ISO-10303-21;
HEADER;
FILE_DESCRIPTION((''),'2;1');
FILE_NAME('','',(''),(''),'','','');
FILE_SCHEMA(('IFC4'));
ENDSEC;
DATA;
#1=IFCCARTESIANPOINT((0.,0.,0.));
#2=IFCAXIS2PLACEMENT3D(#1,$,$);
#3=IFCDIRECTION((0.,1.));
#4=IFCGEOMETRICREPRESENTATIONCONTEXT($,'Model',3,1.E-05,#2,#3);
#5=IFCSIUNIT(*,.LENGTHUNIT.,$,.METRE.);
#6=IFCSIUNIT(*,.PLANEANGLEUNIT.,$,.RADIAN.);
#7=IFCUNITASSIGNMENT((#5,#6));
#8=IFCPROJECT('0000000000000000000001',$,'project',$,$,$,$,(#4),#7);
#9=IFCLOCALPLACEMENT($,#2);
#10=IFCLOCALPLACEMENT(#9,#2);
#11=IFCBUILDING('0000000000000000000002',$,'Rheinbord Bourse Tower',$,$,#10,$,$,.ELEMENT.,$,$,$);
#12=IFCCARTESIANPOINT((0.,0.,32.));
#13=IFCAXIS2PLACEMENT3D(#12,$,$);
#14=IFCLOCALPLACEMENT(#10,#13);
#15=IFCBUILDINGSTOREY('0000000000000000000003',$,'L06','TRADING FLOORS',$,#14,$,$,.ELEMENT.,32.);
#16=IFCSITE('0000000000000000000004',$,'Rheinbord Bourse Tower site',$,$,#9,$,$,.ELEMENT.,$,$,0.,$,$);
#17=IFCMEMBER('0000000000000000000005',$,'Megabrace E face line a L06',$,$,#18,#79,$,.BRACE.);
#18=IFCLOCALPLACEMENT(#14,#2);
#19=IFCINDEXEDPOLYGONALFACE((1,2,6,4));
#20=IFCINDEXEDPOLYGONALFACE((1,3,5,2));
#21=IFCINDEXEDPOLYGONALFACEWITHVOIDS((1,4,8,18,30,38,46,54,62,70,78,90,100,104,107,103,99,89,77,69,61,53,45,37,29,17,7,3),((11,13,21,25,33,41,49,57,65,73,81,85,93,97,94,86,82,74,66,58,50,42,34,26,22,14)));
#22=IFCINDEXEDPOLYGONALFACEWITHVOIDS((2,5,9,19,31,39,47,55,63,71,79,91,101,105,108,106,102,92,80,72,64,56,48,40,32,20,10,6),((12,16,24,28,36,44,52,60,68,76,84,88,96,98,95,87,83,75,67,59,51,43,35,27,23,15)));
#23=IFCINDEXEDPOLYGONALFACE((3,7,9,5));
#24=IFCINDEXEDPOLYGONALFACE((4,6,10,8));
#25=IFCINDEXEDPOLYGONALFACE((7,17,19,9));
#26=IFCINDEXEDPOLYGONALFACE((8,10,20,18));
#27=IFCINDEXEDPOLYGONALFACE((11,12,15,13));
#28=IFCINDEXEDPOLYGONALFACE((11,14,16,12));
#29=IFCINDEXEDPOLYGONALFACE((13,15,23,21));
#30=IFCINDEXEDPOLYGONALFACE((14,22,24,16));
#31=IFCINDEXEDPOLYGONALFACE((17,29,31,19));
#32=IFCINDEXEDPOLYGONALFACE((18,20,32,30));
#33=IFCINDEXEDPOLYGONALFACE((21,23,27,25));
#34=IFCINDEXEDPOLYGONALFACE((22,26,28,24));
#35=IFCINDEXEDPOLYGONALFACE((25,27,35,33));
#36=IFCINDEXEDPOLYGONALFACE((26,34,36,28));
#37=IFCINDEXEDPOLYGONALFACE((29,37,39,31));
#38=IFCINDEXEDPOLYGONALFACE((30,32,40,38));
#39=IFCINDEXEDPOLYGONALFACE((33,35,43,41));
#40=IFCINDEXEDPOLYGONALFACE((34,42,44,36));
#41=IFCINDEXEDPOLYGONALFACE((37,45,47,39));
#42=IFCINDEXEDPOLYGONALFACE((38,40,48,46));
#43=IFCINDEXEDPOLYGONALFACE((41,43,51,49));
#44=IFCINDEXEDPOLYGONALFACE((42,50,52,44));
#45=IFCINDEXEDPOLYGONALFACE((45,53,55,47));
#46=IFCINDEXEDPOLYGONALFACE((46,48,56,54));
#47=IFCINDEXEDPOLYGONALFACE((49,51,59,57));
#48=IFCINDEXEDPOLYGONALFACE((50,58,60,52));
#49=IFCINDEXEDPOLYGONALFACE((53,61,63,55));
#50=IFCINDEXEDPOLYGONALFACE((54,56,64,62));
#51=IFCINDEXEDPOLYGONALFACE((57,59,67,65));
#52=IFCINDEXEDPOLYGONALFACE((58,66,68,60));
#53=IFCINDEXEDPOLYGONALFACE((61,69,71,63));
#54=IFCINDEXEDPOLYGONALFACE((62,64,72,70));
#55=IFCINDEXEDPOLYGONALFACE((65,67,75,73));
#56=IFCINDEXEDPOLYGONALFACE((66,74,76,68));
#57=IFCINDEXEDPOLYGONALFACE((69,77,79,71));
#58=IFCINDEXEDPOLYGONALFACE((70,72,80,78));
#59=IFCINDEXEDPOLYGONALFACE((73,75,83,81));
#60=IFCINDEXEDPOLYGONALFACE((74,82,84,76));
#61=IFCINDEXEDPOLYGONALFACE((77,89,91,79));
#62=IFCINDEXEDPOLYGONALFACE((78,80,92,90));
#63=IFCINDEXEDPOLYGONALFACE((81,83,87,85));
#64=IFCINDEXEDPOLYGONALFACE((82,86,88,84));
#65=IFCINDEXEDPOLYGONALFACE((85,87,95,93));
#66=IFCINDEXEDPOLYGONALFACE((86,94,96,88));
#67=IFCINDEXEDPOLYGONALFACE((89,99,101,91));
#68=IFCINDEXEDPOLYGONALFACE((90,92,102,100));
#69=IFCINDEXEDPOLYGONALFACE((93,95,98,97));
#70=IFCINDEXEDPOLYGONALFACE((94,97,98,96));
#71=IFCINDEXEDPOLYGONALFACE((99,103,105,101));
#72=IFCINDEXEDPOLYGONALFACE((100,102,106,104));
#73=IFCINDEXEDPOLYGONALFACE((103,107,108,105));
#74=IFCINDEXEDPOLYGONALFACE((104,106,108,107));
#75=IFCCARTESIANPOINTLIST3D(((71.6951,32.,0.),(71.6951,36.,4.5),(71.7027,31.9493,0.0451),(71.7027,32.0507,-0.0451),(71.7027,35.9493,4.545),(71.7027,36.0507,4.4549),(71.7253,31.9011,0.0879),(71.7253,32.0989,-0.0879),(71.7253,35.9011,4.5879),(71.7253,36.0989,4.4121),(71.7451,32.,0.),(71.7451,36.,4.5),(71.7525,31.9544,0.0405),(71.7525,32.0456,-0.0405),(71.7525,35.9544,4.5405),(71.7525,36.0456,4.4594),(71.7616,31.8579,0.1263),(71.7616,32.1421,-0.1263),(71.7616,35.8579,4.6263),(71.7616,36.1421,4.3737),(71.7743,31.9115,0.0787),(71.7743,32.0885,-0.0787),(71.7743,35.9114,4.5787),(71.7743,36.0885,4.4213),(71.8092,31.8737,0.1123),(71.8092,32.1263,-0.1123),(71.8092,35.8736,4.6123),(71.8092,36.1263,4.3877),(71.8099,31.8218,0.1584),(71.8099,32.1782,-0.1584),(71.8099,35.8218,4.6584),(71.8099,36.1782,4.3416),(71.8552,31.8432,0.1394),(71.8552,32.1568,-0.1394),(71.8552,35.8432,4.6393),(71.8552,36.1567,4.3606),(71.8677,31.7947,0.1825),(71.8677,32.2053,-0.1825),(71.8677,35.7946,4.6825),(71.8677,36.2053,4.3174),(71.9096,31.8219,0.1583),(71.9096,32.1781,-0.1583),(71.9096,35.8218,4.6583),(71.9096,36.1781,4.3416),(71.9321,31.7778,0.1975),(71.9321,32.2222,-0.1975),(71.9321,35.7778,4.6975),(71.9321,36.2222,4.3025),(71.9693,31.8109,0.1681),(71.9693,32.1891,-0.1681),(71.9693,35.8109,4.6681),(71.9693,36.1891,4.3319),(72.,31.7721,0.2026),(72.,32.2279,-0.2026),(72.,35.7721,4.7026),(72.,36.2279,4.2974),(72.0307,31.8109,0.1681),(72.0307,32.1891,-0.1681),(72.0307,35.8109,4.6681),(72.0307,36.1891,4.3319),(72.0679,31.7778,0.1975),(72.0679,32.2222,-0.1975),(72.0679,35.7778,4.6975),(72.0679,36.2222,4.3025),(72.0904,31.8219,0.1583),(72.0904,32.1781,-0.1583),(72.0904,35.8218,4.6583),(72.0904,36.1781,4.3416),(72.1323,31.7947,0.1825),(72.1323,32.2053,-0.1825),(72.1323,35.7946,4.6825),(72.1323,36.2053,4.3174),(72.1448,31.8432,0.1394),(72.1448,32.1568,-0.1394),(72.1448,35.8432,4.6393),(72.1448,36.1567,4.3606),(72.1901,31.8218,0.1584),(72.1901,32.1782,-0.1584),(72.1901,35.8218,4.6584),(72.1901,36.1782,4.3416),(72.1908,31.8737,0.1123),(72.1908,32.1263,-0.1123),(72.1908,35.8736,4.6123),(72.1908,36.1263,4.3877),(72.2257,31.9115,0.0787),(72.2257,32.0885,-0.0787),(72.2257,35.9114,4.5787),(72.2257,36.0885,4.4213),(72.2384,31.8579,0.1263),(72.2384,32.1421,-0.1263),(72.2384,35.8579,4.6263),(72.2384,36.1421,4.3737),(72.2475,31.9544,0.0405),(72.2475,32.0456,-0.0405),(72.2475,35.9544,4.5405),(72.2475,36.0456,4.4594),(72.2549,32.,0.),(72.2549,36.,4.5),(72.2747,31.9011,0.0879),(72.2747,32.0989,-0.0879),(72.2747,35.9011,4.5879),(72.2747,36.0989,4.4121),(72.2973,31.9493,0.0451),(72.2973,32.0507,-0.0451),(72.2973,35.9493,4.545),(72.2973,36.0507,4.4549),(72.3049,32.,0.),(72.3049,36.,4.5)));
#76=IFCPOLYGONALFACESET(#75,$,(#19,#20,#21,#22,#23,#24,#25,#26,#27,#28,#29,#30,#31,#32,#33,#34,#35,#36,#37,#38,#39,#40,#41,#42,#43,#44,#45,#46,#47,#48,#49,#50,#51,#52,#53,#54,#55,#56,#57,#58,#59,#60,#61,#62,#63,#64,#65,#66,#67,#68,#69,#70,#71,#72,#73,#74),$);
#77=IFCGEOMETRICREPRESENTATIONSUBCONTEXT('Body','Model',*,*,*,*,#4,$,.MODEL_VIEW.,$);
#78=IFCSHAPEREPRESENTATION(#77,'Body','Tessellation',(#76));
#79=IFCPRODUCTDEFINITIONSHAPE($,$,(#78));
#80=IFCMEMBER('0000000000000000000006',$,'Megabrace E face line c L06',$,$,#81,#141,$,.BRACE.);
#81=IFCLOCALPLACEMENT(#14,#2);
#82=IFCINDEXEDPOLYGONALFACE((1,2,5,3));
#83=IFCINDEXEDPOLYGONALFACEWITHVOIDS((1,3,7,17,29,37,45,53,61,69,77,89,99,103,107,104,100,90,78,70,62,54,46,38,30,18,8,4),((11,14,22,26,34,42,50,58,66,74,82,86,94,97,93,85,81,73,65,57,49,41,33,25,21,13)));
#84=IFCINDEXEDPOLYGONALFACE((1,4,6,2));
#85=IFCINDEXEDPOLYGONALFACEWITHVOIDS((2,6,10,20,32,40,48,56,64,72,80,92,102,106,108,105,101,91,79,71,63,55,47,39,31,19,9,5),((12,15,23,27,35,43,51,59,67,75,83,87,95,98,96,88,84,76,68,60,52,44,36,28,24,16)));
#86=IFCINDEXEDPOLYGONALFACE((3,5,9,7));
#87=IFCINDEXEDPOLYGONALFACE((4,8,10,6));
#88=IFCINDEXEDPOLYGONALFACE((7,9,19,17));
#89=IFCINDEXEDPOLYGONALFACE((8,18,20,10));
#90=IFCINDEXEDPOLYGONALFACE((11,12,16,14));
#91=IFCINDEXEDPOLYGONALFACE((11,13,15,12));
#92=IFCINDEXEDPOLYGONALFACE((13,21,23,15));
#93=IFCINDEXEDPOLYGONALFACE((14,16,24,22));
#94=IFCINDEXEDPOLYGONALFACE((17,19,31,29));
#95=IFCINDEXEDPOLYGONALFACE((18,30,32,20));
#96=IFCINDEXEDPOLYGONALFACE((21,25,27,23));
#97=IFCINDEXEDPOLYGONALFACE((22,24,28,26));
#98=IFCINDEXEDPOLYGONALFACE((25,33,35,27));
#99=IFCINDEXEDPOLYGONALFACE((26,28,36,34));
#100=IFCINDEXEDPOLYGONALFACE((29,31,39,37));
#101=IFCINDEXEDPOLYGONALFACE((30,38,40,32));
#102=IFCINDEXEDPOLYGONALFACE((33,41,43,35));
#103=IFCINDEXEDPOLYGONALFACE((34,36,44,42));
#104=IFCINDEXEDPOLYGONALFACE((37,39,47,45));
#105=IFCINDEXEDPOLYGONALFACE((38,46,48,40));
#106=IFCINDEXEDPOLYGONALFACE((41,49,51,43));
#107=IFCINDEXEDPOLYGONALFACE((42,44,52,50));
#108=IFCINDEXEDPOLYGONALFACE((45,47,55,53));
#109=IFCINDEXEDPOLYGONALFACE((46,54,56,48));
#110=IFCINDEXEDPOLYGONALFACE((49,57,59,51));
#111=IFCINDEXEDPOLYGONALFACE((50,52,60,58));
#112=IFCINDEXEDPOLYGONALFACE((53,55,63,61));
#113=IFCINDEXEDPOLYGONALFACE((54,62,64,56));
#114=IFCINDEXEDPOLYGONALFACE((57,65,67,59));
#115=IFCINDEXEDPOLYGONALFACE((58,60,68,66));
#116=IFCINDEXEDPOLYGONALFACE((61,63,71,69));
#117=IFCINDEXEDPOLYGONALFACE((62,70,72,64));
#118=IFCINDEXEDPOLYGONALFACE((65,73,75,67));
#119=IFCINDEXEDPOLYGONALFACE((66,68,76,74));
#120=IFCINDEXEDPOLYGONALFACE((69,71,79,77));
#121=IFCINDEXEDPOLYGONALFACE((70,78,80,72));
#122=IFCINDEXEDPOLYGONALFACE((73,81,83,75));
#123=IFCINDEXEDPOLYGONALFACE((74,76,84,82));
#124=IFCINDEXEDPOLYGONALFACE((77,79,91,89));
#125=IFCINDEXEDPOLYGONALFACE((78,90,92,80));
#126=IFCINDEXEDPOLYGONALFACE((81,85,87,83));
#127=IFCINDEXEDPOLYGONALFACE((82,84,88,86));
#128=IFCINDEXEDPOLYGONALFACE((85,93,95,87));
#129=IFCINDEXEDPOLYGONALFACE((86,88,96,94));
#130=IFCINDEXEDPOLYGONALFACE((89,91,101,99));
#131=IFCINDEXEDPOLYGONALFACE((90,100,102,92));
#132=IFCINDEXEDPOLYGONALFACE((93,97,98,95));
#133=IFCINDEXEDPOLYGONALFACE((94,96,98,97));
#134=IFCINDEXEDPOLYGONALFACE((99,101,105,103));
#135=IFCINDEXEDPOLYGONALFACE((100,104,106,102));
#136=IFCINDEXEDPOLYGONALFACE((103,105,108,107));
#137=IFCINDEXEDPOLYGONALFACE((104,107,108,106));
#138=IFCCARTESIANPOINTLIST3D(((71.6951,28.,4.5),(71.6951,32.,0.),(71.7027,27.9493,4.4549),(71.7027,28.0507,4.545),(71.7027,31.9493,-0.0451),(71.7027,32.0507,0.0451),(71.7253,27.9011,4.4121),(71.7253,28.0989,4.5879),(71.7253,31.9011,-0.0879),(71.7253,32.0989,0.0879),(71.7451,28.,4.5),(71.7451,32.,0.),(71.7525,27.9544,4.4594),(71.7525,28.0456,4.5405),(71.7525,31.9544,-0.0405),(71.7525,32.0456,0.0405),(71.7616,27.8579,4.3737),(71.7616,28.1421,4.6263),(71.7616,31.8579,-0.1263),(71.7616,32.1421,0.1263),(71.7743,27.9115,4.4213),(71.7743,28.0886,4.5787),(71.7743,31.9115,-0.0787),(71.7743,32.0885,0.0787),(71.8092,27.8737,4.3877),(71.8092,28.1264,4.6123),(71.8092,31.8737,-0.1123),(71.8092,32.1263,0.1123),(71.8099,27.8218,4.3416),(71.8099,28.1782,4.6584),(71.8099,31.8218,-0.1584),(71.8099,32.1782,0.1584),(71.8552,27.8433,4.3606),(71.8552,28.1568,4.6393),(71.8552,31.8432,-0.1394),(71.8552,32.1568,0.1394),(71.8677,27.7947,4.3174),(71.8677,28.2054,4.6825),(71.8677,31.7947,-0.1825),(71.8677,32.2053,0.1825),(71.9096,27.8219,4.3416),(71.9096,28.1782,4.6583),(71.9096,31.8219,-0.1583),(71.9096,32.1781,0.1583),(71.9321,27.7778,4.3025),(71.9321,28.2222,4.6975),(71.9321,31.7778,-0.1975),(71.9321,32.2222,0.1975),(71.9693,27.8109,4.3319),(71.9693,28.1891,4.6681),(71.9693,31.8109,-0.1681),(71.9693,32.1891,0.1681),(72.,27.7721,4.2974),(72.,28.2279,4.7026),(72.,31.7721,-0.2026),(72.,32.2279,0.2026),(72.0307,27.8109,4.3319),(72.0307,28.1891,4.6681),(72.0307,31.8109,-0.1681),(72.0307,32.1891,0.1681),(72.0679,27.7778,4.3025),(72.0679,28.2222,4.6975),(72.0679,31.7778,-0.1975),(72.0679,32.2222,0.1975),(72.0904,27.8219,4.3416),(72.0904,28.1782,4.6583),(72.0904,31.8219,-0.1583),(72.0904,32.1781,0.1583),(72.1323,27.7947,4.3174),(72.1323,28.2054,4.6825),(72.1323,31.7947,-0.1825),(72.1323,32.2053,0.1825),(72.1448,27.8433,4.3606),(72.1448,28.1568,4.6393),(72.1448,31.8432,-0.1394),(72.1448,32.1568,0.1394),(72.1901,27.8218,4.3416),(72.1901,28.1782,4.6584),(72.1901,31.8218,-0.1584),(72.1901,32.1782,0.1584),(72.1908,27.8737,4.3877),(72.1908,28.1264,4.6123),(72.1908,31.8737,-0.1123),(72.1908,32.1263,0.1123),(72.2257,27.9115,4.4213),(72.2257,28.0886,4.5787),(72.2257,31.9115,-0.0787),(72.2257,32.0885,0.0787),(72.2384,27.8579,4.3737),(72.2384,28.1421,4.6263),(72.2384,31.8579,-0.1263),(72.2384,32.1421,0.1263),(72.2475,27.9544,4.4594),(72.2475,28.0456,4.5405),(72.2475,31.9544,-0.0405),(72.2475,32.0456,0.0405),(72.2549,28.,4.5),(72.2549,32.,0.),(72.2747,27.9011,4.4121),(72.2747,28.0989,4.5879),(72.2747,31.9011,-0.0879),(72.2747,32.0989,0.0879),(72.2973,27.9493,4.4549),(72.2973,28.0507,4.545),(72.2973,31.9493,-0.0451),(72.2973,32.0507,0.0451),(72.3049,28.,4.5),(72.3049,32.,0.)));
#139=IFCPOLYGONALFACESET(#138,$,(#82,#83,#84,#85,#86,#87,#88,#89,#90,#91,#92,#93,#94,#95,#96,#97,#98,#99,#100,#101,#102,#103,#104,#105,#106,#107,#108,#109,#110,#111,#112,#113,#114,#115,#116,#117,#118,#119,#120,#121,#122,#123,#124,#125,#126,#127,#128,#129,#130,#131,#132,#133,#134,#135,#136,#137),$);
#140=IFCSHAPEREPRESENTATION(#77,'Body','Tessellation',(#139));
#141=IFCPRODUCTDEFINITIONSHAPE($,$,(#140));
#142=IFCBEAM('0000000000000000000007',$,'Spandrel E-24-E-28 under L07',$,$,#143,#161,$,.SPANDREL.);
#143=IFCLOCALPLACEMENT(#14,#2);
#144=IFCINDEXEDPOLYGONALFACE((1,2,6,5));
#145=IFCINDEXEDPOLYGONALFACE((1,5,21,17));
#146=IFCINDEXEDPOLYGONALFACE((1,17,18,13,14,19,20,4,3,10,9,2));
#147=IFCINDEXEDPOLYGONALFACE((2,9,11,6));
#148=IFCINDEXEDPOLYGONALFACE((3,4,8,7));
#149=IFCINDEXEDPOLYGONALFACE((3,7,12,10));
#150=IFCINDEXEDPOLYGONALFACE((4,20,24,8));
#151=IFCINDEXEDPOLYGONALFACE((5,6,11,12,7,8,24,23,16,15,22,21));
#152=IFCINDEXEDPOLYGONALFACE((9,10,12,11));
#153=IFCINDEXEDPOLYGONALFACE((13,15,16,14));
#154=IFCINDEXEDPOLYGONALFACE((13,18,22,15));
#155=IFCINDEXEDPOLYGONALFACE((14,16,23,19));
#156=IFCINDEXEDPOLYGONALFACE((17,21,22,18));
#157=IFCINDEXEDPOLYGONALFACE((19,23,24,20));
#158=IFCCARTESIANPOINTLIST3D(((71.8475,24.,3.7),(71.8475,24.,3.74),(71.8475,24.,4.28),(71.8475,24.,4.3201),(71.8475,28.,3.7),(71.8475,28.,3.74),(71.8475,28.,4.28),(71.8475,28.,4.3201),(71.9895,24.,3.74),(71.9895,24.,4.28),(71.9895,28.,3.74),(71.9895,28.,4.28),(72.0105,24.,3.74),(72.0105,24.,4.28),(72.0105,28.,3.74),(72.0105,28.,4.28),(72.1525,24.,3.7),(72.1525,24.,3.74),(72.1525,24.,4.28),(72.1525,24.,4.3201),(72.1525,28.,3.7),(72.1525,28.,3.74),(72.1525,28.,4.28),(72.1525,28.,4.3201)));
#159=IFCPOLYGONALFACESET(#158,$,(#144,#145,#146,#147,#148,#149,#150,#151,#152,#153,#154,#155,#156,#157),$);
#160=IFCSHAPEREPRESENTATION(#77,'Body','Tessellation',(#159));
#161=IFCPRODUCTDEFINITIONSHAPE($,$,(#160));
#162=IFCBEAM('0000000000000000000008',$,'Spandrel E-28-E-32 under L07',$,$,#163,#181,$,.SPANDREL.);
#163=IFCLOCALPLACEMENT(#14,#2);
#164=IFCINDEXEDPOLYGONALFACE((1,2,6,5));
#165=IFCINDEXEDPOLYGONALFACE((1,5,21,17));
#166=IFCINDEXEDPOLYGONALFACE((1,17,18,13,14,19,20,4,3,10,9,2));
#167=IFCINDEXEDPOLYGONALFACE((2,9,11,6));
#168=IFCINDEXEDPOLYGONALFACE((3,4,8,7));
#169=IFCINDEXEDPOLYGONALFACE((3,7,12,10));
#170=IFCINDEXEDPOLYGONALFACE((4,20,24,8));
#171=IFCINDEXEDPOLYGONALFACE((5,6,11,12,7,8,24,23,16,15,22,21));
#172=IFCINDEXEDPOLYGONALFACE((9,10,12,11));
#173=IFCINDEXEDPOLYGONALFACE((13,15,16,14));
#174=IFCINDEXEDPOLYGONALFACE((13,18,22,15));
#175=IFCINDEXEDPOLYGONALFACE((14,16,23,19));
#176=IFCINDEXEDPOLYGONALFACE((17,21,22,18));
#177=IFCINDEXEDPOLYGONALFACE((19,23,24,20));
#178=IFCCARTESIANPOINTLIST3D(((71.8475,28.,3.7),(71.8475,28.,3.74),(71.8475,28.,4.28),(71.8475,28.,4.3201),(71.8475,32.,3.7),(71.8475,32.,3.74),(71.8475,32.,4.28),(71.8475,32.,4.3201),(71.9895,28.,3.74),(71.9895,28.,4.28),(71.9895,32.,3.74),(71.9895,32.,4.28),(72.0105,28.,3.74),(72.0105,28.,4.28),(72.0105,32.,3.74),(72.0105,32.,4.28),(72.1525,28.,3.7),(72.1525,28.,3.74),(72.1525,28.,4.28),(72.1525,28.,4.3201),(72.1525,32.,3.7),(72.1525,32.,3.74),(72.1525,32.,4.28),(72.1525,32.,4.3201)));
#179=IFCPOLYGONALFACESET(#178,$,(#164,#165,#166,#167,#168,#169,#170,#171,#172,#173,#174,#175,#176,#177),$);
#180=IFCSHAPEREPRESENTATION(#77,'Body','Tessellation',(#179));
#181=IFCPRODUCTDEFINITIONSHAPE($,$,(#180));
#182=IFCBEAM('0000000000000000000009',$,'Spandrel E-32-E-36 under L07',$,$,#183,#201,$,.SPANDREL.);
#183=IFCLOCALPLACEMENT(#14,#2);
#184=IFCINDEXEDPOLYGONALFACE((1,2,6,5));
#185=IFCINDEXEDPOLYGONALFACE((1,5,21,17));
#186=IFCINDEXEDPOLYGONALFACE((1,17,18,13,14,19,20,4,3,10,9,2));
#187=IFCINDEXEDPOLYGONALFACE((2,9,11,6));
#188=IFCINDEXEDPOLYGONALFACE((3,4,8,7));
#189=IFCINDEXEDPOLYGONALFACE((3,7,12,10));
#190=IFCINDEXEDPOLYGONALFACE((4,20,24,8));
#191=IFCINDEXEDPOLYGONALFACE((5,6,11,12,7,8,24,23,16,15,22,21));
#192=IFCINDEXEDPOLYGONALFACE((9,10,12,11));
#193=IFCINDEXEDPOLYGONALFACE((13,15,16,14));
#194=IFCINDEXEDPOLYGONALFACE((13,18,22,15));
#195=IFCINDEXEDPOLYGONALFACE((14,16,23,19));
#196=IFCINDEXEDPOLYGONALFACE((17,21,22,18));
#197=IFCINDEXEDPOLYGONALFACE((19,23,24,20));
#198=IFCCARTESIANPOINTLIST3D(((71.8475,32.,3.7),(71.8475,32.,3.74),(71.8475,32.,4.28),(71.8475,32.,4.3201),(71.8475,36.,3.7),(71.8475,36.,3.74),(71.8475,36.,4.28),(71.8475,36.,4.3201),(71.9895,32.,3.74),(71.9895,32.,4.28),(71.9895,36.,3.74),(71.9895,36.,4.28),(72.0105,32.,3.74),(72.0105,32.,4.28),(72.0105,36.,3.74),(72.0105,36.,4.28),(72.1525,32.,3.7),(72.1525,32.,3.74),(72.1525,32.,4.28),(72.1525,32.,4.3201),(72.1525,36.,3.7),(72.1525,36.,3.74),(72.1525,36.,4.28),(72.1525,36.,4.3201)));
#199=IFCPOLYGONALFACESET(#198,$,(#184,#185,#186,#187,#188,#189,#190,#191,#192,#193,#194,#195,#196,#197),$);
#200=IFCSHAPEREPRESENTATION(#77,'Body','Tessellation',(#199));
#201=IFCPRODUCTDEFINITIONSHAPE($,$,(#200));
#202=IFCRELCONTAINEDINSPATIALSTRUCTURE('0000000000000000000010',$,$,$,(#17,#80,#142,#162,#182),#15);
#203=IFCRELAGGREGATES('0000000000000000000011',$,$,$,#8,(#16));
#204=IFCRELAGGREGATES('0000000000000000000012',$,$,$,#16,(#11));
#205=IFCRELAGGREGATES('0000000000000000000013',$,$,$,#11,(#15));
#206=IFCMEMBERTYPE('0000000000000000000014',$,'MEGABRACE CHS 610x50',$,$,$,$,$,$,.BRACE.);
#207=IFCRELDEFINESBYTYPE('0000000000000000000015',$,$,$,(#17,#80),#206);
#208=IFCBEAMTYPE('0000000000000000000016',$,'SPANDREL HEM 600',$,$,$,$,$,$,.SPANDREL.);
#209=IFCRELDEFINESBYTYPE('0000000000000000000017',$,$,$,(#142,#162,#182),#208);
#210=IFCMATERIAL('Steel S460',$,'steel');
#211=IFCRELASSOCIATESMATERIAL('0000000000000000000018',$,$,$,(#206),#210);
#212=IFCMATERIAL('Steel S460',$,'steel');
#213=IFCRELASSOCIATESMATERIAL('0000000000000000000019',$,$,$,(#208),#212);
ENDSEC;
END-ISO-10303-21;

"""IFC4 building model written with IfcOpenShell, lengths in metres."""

from ifc_helpers import new_model, si_unit, direction, frame, origin, origin_2d, place, context, subcontext, project, spatial, hollow_circle, i_section, extrude, material, material_profile, profile_set, type_object, element, save


model = new_model("IFC4")

# Units and contexts
model_context = context("Model", 3, precision=1e-05, world=origin(), true_north=direction((0.0, 1.0)))
body_context = subcontext(model_context, "Body", "Model", "MODEL_VIEW")
ifc_project = project(units=[si_unit("LENGTHUNIT", "METRE"), si_unit("PLANEANGLEUNIT", "RADIAN")], contexts=[model_context])

# Site, building, storey
site_placement = place(None, origin())
site = spatial("IfcSite", under=ifc_project, at=site_placement, Name="Rheinbord Bourse Tower site", CompositionType="ELEMENT", RefElevation=0.0)
building_placement = place(site_placement, origin())
building = spatial("IfcBuilding", under=site, at=building_placement, Name="Rheinbord Bourse Tower", CompositionType="ELEMENT")
storey_placement = place(building_placement, frame((0.0, 0.0, 32.0)))
storey = spatial("IfcBuildingStorey", under=building, at=storey_placement, Name="L06", Description="TRADING FLOORS", CompositionType="ELEMENT", Elevation=32.0)

# Members
ifc_material_1 = material(Name="Steel S460", Category="steel")
ifc_material_profile_1 = material_profile(ifc_material_1, hollow_circle(Radius=0.3049, WallThickness=0.05, at=origin_2d()), Name="CHS 610x50")
ifc_profile_set_1 = profile_set([ifc_material_profile_1], Name="Steel S460")
member_type_1 = type_object("IfcMemberType", Name="MEGABRACE CHS 610x50", PredefinedType="BRACE", material=ifc_profile_set_1)
for number, where, z_axis, x_axis, name in (
    (1, (72.0, 32.0, 0.0), (0.0, 0.664364, 0.747409), (-1.0, 0.0, 0.0), "Megabrace E face line a L06"),
    (2, (72.0, 32.0, 0.0), (0.0, -0.664364, 0.747409), (1.0, 0.0, 0.0), "Megabrace E face line c L06"),
):
    element("IfcMember", number, at=place(storey_placement, frame(where, z_axis=z_axis, x_axis=x_axis)), inside=storey, type_object=member_type_1, Name=name, PredefinedType="BRACE", context=body_context, shape_type="SweptSolid", body=[
        extrude(hollow_circle(Radius=0.3049, WallThickness=0.05, at=origin_2d()), origin(), (0.0, 0.0, 1.0), 6.0208),
    ])

# Beams
ifc_material_2 = material(Name="Steel S460", Category="steel")
ifc_material_profile_2 = material_profile(ifc_material_2, i_section(OverallWidth=0.3049, OverallDepth=0.6201, WebThickness=0.021, FlangeThickness=0.04, at=origin_2d()), Name="HEM 600")
ifc_profile_set_2 = profile_set([ifc_material_profile_2], Name="Steel S460")
beam_type_1 = type_object("IfcBeamType", Name="SPANDREL HEM 600", PredefinedType="SPANDREL", material=ifc_profile_set_2)
for number, where, z_axis, x_axis, name in (
    (3, (72.0, 24.0, 4.01), (0.0, 1.0, 0.0), (-1.0, 0.0, 0.0), "Spandrel E-24-E-28 under L07"),
    (4, (72.0, 28.0, 4.01), (0.0, 1.0, 0.0), (-1.0, 0.0, 0.0), "Spandrel E-28-E-32 under L07"),
    (5, (72.0, 32.0, 4.01), (0.0, 1.0, 0.0), (-1.0, 0.0, 0.0), "Spandrel E-32-E-36 under L07"),
):
    element("IfcBeam", number, at=place(storey_placement, frame(where, z_axis=z_axis, x_axis=x_axis)), inside=storey, type_object=beam_type_1, Name=name, PredefinedType="SPANDREL", context=body_context, shape_type="SweptSolid", body=[
        extrude(i_section(OverallWidth=0.3049, OverallDepth=0.6201, WebThickness=0.021, FlangeThickness=0.04, at=origin_2d()), origin(), (0.0, 0.0, 1.0), 4.0),
    ])

save(model, "model.ifc")
